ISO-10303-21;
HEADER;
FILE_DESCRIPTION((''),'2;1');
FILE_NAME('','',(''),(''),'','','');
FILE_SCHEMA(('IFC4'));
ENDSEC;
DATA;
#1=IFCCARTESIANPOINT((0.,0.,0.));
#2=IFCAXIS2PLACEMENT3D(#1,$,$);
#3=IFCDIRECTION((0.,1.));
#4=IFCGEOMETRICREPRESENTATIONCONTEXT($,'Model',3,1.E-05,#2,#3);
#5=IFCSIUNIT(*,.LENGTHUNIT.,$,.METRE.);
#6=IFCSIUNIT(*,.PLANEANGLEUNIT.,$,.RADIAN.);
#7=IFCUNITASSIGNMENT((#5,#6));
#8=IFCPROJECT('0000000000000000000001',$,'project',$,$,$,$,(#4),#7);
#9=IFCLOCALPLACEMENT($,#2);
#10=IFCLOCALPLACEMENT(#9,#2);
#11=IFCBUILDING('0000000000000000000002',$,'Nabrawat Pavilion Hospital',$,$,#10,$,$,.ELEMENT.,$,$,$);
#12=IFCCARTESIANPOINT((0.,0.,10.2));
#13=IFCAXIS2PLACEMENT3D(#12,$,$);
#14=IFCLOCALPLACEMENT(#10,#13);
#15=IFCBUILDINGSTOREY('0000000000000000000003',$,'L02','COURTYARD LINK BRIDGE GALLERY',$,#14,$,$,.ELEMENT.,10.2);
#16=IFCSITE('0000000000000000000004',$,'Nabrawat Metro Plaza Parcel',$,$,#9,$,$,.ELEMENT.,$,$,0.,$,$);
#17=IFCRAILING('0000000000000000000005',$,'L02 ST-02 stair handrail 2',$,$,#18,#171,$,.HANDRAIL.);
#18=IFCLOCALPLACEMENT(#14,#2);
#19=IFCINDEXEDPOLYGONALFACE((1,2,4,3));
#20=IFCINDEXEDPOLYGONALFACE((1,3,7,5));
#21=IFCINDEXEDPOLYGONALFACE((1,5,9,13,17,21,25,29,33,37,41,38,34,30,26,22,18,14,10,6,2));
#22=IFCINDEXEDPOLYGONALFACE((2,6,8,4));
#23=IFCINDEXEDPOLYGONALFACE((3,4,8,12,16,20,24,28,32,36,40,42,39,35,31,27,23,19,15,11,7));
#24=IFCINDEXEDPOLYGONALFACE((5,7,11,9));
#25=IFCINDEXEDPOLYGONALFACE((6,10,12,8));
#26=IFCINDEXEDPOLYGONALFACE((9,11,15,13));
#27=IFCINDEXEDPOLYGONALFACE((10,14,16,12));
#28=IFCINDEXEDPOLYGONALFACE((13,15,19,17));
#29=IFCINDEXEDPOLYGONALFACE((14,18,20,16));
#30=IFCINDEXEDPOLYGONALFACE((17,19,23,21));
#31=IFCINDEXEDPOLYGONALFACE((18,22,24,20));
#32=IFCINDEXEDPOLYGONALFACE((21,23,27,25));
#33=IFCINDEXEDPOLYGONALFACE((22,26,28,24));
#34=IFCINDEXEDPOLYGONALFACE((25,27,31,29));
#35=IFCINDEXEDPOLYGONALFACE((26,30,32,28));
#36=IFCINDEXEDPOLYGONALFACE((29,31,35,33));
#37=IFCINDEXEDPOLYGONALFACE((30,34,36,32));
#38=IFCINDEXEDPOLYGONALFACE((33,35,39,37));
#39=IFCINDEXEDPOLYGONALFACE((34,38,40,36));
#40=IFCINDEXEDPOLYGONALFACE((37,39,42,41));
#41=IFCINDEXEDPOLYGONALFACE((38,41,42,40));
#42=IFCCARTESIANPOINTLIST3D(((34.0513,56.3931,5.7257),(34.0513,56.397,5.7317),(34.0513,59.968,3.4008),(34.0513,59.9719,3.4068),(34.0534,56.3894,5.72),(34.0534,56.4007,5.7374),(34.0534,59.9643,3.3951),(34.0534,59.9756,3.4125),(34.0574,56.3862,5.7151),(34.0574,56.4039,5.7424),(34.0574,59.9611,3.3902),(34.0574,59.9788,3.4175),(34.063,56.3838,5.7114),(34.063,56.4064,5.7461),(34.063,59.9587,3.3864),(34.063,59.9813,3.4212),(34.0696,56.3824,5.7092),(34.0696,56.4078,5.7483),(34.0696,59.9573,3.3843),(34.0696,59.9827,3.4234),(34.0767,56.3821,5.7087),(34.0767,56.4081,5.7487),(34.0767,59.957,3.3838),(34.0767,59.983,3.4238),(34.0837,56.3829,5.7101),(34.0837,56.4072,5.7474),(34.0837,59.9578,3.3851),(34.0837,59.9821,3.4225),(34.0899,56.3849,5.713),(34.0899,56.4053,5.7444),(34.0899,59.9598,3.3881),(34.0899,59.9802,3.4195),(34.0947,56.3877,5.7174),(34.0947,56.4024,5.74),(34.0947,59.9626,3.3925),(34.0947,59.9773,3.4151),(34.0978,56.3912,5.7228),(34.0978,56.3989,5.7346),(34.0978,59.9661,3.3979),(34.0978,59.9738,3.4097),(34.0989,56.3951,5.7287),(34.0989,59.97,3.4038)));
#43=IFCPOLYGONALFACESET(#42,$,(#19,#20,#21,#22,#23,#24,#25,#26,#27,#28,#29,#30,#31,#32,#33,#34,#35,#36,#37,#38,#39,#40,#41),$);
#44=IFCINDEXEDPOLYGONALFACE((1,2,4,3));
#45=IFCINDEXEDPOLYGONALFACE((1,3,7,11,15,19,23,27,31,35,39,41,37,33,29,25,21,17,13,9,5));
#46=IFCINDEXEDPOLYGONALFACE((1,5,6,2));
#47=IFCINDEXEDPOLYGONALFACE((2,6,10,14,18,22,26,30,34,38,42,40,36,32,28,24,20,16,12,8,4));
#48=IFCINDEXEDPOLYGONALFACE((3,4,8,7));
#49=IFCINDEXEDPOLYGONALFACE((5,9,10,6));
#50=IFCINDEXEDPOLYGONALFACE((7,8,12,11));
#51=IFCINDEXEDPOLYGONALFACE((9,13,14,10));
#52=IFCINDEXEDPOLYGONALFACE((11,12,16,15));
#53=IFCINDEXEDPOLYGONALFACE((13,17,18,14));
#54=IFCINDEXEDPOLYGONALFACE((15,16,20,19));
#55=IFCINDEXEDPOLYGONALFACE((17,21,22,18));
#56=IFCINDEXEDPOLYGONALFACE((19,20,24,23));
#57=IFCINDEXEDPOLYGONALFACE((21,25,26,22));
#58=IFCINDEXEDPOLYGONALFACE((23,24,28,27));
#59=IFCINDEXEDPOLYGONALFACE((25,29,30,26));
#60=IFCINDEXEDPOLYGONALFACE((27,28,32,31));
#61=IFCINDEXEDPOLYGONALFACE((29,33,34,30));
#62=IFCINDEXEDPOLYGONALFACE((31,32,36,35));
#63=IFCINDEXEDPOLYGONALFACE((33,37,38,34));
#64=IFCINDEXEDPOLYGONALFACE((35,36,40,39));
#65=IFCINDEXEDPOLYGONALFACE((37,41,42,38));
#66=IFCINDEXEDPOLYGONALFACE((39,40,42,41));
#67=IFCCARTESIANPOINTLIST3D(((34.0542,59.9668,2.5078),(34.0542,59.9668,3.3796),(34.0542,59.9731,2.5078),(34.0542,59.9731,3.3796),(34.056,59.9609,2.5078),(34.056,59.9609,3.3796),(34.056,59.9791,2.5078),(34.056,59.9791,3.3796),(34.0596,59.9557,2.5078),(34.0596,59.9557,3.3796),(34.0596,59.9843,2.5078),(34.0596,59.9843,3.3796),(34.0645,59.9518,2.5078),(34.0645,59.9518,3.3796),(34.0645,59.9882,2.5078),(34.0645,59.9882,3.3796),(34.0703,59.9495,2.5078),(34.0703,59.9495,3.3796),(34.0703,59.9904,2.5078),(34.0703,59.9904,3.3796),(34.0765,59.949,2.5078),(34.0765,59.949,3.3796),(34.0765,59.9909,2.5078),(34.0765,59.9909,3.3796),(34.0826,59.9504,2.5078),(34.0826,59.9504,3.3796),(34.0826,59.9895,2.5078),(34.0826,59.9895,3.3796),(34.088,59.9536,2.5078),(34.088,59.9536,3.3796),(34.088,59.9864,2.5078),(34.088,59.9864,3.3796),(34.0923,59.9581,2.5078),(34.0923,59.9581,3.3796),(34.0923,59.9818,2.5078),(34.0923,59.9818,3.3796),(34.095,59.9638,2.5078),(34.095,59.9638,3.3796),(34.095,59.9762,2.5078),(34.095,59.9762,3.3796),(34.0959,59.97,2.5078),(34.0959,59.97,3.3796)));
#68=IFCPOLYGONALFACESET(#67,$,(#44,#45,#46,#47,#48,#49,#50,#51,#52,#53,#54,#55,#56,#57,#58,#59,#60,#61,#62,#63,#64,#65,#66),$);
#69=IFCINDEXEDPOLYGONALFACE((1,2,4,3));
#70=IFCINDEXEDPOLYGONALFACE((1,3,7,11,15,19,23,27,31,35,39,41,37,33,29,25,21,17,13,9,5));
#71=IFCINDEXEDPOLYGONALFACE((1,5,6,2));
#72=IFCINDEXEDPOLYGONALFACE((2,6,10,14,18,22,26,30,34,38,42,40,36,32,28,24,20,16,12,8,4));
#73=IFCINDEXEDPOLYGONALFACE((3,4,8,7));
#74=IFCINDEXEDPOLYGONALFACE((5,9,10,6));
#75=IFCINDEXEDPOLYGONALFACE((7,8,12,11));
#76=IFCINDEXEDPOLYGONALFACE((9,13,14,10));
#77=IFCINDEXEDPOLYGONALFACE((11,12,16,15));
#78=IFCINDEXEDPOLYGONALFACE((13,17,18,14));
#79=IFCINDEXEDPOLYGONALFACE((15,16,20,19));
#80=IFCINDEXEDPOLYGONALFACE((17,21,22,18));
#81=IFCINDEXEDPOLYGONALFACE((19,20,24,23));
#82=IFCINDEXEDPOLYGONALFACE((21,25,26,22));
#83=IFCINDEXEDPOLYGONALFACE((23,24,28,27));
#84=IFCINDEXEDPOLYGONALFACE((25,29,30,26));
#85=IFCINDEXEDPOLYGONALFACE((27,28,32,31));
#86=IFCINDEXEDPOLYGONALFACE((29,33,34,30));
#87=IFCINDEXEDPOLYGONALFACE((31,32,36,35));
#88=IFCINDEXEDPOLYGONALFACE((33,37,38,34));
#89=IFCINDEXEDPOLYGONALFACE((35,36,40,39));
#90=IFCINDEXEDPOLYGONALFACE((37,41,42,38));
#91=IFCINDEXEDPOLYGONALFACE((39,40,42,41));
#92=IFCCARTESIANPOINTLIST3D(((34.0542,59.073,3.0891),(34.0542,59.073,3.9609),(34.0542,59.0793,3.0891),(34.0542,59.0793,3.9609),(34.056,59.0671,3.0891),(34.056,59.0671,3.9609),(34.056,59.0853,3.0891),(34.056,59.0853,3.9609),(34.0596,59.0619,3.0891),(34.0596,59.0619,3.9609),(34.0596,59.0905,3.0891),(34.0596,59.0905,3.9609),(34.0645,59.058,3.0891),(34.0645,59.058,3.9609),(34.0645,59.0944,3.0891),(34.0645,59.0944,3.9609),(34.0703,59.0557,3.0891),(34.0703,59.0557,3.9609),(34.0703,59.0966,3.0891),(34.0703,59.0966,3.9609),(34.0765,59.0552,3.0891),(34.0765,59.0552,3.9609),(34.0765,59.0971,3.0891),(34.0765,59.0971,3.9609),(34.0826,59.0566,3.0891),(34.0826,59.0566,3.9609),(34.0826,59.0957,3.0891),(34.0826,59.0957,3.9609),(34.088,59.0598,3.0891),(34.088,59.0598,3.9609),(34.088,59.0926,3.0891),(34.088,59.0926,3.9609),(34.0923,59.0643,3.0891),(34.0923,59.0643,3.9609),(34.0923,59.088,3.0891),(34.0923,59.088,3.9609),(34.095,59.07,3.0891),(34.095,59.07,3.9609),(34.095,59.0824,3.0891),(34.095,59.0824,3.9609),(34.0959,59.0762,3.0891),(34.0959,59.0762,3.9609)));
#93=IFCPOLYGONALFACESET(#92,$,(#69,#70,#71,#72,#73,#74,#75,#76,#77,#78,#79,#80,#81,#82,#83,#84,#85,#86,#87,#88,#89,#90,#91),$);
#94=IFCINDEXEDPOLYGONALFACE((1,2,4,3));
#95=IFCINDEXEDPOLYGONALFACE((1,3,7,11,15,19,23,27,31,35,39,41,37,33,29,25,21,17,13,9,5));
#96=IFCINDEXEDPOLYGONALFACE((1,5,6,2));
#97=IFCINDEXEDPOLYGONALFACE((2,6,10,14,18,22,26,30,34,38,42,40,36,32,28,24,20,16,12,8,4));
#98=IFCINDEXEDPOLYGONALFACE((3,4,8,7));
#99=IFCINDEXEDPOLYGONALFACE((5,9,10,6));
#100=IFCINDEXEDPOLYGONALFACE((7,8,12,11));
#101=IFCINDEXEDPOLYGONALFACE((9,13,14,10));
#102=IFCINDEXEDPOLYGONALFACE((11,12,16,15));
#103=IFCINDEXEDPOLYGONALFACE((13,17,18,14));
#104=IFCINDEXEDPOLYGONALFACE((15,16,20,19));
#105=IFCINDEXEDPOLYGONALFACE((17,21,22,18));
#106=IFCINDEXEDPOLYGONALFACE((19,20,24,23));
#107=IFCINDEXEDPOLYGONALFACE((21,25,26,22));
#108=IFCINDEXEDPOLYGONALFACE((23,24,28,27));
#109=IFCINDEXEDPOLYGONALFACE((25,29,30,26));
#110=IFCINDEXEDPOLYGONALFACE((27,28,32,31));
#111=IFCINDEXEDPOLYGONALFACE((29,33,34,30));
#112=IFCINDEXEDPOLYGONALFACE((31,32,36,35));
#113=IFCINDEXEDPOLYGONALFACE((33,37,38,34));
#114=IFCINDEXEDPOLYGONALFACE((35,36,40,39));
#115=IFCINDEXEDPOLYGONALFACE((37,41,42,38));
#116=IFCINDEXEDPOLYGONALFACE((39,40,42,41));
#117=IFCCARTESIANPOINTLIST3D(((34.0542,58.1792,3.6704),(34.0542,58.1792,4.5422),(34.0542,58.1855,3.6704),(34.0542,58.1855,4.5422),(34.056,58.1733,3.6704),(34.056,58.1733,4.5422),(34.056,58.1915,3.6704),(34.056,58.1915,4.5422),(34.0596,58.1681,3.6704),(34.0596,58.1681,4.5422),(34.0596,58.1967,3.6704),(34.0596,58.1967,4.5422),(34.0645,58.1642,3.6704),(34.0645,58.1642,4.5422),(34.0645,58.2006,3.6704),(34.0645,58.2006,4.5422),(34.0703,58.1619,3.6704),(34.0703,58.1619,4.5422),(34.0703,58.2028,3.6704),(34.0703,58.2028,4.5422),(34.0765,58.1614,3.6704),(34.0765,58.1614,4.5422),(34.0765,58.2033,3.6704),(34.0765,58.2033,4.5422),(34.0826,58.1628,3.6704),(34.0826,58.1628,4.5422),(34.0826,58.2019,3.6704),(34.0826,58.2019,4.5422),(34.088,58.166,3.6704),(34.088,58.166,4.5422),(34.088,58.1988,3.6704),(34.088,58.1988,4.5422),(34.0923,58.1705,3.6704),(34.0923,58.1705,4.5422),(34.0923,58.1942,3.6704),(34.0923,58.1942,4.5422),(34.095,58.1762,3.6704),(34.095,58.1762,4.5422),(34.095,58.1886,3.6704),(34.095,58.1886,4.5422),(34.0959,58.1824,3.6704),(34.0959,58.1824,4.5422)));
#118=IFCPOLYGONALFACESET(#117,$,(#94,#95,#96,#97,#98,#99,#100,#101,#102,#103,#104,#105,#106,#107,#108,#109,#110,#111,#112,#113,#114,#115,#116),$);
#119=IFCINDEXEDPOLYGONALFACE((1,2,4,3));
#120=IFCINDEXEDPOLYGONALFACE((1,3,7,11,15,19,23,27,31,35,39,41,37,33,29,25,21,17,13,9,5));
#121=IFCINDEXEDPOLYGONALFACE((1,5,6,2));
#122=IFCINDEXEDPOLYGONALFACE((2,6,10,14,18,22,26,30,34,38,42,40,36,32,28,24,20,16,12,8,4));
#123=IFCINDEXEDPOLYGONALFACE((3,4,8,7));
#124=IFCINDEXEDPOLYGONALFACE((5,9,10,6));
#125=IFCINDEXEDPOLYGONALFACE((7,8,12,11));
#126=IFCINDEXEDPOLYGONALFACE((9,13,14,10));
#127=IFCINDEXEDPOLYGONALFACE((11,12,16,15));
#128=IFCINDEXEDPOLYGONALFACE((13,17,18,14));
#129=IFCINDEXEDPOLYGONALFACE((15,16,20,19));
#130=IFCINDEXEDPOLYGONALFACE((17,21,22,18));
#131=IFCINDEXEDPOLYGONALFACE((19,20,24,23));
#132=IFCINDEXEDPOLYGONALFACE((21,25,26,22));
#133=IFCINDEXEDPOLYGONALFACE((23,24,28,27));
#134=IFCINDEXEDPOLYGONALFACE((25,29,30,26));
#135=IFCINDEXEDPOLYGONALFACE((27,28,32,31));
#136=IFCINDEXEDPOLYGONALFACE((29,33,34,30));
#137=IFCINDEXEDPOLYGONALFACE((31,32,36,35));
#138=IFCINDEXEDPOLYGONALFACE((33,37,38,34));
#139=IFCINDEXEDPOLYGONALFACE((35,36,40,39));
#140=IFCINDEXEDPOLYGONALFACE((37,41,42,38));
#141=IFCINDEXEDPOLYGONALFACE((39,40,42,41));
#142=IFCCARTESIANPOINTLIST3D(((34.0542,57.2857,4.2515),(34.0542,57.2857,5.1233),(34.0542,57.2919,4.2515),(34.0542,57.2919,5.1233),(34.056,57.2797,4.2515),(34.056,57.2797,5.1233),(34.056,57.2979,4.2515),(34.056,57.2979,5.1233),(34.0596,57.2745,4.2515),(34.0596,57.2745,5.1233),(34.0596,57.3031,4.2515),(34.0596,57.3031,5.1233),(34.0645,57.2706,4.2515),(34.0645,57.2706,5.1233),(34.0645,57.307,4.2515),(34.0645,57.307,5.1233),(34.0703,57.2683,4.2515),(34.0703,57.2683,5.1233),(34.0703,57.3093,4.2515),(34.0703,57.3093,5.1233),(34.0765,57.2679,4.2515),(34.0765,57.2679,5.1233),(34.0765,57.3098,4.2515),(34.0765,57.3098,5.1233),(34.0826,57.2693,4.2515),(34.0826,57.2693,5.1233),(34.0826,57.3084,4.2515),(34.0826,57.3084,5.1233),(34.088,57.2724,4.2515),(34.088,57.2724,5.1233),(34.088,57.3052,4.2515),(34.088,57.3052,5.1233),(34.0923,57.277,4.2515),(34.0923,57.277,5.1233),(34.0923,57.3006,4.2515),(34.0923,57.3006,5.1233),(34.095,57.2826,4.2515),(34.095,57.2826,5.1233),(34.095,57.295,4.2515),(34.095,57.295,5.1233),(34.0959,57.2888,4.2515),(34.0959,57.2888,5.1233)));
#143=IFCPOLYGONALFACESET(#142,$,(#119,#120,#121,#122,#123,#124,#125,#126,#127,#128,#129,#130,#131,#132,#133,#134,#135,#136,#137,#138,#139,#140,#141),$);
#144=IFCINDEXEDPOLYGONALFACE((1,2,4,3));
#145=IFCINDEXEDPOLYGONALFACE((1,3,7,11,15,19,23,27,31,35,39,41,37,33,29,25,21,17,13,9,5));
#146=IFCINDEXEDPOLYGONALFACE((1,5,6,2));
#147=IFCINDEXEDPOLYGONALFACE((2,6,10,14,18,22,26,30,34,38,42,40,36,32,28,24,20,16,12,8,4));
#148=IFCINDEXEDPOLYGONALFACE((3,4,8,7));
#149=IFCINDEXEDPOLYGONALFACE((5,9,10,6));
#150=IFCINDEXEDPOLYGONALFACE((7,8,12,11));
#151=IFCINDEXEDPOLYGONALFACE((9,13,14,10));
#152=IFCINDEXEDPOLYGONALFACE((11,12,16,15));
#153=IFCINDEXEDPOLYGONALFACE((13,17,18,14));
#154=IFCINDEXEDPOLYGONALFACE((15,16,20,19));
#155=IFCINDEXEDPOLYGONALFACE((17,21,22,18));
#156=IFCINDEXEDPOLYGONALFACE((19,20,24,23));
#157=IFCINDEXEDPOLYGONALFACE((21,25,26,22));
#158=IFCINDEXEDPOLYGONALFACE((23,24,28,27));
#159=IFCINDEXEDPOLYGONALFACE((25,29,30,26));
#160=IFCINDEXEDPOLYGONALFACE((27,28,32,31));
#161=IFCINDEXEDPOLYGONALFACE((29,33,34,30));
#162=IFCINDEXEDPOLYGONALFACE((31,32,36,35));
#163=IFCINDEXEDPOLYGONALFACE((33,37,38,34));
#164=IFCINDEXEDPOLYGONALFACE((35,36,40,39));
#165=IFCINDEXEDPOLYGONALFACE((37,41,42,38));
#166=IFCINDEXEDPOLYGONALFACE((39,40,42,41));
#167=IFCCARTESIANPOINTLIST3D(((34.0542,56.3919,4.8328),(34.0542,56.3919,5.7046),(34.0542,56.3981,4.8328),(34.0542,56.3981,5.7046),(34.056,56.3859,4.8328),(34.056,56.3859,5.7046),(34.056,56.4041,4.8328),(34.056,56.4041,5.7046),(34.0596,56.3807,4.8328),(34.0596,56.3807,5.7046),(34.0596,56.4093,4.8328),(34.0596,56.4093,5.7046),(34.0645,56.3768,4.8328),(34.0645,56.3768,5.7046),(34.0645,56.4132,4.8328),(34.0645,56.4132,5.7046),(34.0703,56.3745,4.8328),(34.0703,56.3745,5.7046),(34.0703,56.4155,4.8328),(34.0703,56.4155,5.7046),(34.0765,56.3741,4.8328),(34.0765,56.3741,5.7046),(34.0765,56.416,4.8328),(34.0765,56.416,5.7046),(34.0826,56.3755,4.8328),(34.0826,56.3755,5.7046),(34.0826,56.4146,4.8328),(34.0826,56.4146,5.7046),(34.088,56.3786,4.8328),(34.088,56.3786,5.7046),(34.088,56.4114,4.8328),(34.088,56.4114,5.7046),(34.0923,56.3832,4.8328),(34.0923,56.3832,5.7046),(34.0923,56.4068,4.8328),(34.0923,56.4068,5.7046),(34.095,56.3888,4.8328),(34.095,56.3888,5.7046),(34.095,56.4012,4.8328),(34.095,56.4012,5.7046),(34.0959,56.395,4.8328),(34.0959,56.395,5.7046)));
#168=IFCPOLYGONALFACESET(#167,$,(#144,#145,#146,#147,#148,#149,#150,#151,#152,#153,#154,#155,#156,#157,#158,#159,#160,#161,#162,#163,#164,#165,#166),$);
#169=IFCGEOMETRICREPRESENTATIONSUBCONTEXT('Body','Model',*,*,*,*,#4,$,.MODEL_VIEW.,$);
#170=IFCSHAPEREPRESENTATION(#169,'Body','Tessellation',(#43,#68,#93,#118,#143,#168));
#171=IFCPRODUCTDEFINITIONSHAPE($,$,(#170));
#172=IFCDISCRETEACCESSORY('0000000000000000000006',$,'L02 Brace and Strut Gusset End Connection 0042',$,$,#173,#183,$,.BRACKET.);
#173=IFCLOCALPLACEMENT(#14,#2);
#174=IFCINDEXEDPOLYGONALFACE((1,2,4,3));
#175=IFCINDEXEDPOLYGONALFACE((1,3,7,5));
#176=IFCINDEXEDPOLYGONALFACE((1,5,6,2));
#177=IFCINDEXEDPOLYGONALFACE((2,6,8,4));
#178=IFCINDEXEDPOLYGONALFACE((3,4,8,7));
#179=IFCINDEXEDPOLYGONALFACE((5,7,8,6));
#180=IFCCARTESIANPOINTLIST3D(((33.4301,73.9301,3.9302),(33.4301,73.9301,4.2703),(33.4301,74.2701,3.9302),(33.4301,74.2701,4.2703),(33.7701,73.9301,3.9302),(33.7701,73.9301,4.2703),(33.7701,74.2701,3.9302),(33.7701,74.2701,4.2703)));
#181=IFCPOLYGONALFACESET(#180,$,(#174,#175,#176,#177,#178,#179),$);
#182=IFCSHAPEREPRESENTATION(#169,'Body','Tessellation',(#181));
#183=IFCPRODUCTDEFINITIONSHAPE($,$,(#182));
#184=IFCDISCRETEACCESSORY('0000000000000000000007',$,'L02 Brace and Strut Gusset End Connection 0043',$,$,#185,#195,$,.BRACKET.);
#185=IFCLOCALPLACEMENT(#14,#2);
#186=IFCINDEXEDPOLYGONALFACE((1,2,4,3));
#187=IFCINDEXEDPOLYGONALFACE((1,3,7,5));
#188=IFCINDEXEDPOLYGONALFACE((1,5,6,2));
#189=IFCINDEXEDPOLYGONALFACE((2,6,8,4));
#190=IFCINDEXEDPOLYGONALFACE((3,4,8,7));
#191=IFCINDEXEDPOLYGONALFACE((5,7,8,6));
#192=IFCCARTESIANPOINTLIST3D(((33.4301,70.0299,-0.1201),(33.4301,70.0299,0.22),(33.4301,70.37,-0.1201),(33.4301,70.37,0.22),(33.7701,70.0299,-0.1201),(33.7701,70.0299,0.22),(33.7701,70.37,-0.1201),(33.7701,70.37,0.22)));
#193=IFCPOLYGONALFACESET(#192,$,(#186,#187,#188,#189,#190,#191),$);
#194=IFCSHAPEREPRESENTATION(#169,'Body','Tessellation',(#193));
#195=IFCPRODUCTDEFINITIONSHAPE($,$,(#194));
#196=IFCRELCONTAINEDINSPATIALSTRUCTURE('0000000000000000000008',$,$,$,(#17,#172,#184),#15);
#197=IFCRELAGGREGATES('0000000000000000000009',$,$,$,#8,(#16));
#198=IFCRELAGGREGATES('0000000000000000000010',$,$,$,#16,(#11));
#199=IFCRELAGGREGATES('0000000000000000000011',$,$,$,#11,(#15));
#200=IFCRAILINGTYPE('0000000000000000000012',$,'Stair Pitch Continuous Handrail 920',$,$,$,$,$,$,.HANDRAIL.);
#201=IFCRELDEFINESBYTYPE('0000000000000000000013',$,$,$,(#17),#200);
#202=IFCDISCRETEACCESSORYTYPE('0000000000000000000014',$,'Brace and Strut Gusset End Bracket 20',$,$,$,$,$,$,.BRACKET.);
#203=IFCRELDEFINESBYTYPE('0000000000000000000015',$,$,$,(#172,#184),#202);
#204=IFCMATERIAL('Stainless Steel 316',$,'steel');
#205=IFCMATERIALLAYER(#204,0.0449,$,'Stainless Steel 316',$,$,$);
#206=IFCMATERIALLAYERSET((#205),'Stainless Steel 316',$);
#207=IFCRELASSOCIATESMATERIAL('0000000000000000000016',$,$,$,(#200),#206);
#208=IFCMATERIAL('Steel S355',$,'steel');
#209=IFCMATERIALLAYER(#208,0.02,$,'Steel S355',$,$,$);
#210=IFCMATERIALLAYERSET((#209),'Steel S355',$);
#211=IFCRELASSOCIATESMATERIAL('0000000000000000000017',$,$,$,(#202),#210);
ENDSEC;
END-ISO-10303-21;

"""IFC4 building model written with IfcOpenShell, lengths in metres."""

from ifc_helpers import new_model, si_unit, direction, frame, origin, origin_2d, place, context, subcontext, project, spatial, rectangle, circle, extrude, material, layer, layer_set, type_object, element, save


model = new_model("IFC4")

# Units and contexts
model_context = context("Model", 3, precision=1e-05, world=origin(), true_north=direction((0.0, 1.0)))
body_context = subcontext(model_context, "Body", "Model", "MODEL_VIEW")
ifc_project = project(units=[si_unit("LENGTHUNIT", "METRE"), si_unit("PLANEANGLEUNIT", "RADIAN")], contexts=[model_context])

# Site, building, storey
site_placement = place(None, origin())
site = spatial("IfcSite", under=ifc_project, at=site_placement, Name="Nabrawat Metro Plaza Parcel", CompositionType="ELEMENT", RefElevation=0.0)
building_placement = place(site_placement, origin())
building = spatial("IfcBuilding", under=site, at=building_placement, Name="Nabrawat Pavilion Hospital", CompositionType="ELEMENT")
storey_placement = place(building_placement, frame((0.0, 0.0, 10.2)))
storey = spatial("IfcBuildingStorey", under=building, at=storey_placement, Name="L02", Description="COURTYARD LINK BRIDGE GALLERY", CompositionType="ELEMENT", Elevation=10.2)

# Shared definitions
ifc_material_1 = material(Name="Steel S355", Category="steel")

# Railing
ifc_material_2 = material(Name="Stainless Steel 316", Category="steel")
ifc_layer_1 = layer(ifc_material_2, 0.0449, Name="Stainless Steel 316")
ifc_layer_set_1 = layer_set([ifc_layer_1], Name="Stainless Steel 316")
railing_type_1 = type_object("IfcRailingType", Name="Stair Pitch Continuous Handrail 920", PredefinedType="HANDRAIL", material=ifc_layer_set_1)
railing_1_placement = place(storey_placement, frame((34.075, 59.97, 2.5078)))
element("IfcRailing", 1, at=railing_1_placement, inside=storey, type_object=railing_type_1, Name="L02 ST-02 stair handrail 2", PredefinedType="HANDRAIL", context=body_context, shape_type="SweptSolid", body=[
    extrude(circle(Radius=0.0239, at=origin_2d()), frame((0.0, 0.0, 0.896), z_axis=(0.0, -0.838311, 0.545192), x_axis=(1.0, 0.0, 0.0)), (0.0, 0.0, 1.0), 4.2644),
    extrude(circle(Radius=0.021, at=origin_2d()), origin(), (0.0, 0.0, 1.0), 0.8718),
    extrude(circle(Radius=0.021, at=origin_2d()), frame((0.0, -0.8938, 0.5813)), (0.0, 0.0, 1.0), 0.8718),
    extrude(circle(Radius=0.021, at=origin_2d()), frame((0.0, -1.7876, 1.1626)), (0.0, 0.0, 1.0), 0.8718),
    extrude(circle(Radius=0.021, at=origin_2d()), frame((0.0, -2.6812, 1.7437)), (0.0, 0.0, 1.0), 0.8718),
    extrude(circle(Radius=0.021, at=origin_2d()), frame((0.0, -3.575, 2.325)), (0.0, 0.0, 1.0), 0.8718),
])

# Discrete accessories
ifc_layer_2 = layer(ifc_material_1, 0.02, Name="Steel S355")
ifc_layer_set_2 = layer_set([ifc_layer_2], Name="Steel S355")
discrete_accessory_type = type_object("IfcDiscreteAccessoryType", Name="Brace and Strut Gusset End Bracket 20", PredefinedType="BRACKET", material=ifc_layer_set_2)
for number, where, z_axis, x_axis, name in (
    (2, (33.6001, 74.1001, 3.9302), (0.0, 0.0, 1.0), (1.0, 0.0, 0.0), "L02 Brace and Strut Gusset End Connection 0042"),
    (3, (33.6001, 70.2, -0.1201), (0.0, 0.0, 1.0), (1.0, 0.0, 0.0), "L02 Brace and Strut Gusset End Connection 0043"),
):
    element("IfcDiscreteAccessory", number, at=place(storey_placement, frame(where, z_axis=z_axis, x_axis=x_axis)), inside=storey, type_object=discrete_accessory_type, Name=name, PredefinedType="BRACKET", context=body_context, shape_type="SweptSolid", body=[
        extrude(rectangle(XDim=0.3401, YDim=0.3401, at=origin_2d()), origin(), (0.0, 0.0, 1.0), 0.3401),
    ])

save(model, "model.ifc")
